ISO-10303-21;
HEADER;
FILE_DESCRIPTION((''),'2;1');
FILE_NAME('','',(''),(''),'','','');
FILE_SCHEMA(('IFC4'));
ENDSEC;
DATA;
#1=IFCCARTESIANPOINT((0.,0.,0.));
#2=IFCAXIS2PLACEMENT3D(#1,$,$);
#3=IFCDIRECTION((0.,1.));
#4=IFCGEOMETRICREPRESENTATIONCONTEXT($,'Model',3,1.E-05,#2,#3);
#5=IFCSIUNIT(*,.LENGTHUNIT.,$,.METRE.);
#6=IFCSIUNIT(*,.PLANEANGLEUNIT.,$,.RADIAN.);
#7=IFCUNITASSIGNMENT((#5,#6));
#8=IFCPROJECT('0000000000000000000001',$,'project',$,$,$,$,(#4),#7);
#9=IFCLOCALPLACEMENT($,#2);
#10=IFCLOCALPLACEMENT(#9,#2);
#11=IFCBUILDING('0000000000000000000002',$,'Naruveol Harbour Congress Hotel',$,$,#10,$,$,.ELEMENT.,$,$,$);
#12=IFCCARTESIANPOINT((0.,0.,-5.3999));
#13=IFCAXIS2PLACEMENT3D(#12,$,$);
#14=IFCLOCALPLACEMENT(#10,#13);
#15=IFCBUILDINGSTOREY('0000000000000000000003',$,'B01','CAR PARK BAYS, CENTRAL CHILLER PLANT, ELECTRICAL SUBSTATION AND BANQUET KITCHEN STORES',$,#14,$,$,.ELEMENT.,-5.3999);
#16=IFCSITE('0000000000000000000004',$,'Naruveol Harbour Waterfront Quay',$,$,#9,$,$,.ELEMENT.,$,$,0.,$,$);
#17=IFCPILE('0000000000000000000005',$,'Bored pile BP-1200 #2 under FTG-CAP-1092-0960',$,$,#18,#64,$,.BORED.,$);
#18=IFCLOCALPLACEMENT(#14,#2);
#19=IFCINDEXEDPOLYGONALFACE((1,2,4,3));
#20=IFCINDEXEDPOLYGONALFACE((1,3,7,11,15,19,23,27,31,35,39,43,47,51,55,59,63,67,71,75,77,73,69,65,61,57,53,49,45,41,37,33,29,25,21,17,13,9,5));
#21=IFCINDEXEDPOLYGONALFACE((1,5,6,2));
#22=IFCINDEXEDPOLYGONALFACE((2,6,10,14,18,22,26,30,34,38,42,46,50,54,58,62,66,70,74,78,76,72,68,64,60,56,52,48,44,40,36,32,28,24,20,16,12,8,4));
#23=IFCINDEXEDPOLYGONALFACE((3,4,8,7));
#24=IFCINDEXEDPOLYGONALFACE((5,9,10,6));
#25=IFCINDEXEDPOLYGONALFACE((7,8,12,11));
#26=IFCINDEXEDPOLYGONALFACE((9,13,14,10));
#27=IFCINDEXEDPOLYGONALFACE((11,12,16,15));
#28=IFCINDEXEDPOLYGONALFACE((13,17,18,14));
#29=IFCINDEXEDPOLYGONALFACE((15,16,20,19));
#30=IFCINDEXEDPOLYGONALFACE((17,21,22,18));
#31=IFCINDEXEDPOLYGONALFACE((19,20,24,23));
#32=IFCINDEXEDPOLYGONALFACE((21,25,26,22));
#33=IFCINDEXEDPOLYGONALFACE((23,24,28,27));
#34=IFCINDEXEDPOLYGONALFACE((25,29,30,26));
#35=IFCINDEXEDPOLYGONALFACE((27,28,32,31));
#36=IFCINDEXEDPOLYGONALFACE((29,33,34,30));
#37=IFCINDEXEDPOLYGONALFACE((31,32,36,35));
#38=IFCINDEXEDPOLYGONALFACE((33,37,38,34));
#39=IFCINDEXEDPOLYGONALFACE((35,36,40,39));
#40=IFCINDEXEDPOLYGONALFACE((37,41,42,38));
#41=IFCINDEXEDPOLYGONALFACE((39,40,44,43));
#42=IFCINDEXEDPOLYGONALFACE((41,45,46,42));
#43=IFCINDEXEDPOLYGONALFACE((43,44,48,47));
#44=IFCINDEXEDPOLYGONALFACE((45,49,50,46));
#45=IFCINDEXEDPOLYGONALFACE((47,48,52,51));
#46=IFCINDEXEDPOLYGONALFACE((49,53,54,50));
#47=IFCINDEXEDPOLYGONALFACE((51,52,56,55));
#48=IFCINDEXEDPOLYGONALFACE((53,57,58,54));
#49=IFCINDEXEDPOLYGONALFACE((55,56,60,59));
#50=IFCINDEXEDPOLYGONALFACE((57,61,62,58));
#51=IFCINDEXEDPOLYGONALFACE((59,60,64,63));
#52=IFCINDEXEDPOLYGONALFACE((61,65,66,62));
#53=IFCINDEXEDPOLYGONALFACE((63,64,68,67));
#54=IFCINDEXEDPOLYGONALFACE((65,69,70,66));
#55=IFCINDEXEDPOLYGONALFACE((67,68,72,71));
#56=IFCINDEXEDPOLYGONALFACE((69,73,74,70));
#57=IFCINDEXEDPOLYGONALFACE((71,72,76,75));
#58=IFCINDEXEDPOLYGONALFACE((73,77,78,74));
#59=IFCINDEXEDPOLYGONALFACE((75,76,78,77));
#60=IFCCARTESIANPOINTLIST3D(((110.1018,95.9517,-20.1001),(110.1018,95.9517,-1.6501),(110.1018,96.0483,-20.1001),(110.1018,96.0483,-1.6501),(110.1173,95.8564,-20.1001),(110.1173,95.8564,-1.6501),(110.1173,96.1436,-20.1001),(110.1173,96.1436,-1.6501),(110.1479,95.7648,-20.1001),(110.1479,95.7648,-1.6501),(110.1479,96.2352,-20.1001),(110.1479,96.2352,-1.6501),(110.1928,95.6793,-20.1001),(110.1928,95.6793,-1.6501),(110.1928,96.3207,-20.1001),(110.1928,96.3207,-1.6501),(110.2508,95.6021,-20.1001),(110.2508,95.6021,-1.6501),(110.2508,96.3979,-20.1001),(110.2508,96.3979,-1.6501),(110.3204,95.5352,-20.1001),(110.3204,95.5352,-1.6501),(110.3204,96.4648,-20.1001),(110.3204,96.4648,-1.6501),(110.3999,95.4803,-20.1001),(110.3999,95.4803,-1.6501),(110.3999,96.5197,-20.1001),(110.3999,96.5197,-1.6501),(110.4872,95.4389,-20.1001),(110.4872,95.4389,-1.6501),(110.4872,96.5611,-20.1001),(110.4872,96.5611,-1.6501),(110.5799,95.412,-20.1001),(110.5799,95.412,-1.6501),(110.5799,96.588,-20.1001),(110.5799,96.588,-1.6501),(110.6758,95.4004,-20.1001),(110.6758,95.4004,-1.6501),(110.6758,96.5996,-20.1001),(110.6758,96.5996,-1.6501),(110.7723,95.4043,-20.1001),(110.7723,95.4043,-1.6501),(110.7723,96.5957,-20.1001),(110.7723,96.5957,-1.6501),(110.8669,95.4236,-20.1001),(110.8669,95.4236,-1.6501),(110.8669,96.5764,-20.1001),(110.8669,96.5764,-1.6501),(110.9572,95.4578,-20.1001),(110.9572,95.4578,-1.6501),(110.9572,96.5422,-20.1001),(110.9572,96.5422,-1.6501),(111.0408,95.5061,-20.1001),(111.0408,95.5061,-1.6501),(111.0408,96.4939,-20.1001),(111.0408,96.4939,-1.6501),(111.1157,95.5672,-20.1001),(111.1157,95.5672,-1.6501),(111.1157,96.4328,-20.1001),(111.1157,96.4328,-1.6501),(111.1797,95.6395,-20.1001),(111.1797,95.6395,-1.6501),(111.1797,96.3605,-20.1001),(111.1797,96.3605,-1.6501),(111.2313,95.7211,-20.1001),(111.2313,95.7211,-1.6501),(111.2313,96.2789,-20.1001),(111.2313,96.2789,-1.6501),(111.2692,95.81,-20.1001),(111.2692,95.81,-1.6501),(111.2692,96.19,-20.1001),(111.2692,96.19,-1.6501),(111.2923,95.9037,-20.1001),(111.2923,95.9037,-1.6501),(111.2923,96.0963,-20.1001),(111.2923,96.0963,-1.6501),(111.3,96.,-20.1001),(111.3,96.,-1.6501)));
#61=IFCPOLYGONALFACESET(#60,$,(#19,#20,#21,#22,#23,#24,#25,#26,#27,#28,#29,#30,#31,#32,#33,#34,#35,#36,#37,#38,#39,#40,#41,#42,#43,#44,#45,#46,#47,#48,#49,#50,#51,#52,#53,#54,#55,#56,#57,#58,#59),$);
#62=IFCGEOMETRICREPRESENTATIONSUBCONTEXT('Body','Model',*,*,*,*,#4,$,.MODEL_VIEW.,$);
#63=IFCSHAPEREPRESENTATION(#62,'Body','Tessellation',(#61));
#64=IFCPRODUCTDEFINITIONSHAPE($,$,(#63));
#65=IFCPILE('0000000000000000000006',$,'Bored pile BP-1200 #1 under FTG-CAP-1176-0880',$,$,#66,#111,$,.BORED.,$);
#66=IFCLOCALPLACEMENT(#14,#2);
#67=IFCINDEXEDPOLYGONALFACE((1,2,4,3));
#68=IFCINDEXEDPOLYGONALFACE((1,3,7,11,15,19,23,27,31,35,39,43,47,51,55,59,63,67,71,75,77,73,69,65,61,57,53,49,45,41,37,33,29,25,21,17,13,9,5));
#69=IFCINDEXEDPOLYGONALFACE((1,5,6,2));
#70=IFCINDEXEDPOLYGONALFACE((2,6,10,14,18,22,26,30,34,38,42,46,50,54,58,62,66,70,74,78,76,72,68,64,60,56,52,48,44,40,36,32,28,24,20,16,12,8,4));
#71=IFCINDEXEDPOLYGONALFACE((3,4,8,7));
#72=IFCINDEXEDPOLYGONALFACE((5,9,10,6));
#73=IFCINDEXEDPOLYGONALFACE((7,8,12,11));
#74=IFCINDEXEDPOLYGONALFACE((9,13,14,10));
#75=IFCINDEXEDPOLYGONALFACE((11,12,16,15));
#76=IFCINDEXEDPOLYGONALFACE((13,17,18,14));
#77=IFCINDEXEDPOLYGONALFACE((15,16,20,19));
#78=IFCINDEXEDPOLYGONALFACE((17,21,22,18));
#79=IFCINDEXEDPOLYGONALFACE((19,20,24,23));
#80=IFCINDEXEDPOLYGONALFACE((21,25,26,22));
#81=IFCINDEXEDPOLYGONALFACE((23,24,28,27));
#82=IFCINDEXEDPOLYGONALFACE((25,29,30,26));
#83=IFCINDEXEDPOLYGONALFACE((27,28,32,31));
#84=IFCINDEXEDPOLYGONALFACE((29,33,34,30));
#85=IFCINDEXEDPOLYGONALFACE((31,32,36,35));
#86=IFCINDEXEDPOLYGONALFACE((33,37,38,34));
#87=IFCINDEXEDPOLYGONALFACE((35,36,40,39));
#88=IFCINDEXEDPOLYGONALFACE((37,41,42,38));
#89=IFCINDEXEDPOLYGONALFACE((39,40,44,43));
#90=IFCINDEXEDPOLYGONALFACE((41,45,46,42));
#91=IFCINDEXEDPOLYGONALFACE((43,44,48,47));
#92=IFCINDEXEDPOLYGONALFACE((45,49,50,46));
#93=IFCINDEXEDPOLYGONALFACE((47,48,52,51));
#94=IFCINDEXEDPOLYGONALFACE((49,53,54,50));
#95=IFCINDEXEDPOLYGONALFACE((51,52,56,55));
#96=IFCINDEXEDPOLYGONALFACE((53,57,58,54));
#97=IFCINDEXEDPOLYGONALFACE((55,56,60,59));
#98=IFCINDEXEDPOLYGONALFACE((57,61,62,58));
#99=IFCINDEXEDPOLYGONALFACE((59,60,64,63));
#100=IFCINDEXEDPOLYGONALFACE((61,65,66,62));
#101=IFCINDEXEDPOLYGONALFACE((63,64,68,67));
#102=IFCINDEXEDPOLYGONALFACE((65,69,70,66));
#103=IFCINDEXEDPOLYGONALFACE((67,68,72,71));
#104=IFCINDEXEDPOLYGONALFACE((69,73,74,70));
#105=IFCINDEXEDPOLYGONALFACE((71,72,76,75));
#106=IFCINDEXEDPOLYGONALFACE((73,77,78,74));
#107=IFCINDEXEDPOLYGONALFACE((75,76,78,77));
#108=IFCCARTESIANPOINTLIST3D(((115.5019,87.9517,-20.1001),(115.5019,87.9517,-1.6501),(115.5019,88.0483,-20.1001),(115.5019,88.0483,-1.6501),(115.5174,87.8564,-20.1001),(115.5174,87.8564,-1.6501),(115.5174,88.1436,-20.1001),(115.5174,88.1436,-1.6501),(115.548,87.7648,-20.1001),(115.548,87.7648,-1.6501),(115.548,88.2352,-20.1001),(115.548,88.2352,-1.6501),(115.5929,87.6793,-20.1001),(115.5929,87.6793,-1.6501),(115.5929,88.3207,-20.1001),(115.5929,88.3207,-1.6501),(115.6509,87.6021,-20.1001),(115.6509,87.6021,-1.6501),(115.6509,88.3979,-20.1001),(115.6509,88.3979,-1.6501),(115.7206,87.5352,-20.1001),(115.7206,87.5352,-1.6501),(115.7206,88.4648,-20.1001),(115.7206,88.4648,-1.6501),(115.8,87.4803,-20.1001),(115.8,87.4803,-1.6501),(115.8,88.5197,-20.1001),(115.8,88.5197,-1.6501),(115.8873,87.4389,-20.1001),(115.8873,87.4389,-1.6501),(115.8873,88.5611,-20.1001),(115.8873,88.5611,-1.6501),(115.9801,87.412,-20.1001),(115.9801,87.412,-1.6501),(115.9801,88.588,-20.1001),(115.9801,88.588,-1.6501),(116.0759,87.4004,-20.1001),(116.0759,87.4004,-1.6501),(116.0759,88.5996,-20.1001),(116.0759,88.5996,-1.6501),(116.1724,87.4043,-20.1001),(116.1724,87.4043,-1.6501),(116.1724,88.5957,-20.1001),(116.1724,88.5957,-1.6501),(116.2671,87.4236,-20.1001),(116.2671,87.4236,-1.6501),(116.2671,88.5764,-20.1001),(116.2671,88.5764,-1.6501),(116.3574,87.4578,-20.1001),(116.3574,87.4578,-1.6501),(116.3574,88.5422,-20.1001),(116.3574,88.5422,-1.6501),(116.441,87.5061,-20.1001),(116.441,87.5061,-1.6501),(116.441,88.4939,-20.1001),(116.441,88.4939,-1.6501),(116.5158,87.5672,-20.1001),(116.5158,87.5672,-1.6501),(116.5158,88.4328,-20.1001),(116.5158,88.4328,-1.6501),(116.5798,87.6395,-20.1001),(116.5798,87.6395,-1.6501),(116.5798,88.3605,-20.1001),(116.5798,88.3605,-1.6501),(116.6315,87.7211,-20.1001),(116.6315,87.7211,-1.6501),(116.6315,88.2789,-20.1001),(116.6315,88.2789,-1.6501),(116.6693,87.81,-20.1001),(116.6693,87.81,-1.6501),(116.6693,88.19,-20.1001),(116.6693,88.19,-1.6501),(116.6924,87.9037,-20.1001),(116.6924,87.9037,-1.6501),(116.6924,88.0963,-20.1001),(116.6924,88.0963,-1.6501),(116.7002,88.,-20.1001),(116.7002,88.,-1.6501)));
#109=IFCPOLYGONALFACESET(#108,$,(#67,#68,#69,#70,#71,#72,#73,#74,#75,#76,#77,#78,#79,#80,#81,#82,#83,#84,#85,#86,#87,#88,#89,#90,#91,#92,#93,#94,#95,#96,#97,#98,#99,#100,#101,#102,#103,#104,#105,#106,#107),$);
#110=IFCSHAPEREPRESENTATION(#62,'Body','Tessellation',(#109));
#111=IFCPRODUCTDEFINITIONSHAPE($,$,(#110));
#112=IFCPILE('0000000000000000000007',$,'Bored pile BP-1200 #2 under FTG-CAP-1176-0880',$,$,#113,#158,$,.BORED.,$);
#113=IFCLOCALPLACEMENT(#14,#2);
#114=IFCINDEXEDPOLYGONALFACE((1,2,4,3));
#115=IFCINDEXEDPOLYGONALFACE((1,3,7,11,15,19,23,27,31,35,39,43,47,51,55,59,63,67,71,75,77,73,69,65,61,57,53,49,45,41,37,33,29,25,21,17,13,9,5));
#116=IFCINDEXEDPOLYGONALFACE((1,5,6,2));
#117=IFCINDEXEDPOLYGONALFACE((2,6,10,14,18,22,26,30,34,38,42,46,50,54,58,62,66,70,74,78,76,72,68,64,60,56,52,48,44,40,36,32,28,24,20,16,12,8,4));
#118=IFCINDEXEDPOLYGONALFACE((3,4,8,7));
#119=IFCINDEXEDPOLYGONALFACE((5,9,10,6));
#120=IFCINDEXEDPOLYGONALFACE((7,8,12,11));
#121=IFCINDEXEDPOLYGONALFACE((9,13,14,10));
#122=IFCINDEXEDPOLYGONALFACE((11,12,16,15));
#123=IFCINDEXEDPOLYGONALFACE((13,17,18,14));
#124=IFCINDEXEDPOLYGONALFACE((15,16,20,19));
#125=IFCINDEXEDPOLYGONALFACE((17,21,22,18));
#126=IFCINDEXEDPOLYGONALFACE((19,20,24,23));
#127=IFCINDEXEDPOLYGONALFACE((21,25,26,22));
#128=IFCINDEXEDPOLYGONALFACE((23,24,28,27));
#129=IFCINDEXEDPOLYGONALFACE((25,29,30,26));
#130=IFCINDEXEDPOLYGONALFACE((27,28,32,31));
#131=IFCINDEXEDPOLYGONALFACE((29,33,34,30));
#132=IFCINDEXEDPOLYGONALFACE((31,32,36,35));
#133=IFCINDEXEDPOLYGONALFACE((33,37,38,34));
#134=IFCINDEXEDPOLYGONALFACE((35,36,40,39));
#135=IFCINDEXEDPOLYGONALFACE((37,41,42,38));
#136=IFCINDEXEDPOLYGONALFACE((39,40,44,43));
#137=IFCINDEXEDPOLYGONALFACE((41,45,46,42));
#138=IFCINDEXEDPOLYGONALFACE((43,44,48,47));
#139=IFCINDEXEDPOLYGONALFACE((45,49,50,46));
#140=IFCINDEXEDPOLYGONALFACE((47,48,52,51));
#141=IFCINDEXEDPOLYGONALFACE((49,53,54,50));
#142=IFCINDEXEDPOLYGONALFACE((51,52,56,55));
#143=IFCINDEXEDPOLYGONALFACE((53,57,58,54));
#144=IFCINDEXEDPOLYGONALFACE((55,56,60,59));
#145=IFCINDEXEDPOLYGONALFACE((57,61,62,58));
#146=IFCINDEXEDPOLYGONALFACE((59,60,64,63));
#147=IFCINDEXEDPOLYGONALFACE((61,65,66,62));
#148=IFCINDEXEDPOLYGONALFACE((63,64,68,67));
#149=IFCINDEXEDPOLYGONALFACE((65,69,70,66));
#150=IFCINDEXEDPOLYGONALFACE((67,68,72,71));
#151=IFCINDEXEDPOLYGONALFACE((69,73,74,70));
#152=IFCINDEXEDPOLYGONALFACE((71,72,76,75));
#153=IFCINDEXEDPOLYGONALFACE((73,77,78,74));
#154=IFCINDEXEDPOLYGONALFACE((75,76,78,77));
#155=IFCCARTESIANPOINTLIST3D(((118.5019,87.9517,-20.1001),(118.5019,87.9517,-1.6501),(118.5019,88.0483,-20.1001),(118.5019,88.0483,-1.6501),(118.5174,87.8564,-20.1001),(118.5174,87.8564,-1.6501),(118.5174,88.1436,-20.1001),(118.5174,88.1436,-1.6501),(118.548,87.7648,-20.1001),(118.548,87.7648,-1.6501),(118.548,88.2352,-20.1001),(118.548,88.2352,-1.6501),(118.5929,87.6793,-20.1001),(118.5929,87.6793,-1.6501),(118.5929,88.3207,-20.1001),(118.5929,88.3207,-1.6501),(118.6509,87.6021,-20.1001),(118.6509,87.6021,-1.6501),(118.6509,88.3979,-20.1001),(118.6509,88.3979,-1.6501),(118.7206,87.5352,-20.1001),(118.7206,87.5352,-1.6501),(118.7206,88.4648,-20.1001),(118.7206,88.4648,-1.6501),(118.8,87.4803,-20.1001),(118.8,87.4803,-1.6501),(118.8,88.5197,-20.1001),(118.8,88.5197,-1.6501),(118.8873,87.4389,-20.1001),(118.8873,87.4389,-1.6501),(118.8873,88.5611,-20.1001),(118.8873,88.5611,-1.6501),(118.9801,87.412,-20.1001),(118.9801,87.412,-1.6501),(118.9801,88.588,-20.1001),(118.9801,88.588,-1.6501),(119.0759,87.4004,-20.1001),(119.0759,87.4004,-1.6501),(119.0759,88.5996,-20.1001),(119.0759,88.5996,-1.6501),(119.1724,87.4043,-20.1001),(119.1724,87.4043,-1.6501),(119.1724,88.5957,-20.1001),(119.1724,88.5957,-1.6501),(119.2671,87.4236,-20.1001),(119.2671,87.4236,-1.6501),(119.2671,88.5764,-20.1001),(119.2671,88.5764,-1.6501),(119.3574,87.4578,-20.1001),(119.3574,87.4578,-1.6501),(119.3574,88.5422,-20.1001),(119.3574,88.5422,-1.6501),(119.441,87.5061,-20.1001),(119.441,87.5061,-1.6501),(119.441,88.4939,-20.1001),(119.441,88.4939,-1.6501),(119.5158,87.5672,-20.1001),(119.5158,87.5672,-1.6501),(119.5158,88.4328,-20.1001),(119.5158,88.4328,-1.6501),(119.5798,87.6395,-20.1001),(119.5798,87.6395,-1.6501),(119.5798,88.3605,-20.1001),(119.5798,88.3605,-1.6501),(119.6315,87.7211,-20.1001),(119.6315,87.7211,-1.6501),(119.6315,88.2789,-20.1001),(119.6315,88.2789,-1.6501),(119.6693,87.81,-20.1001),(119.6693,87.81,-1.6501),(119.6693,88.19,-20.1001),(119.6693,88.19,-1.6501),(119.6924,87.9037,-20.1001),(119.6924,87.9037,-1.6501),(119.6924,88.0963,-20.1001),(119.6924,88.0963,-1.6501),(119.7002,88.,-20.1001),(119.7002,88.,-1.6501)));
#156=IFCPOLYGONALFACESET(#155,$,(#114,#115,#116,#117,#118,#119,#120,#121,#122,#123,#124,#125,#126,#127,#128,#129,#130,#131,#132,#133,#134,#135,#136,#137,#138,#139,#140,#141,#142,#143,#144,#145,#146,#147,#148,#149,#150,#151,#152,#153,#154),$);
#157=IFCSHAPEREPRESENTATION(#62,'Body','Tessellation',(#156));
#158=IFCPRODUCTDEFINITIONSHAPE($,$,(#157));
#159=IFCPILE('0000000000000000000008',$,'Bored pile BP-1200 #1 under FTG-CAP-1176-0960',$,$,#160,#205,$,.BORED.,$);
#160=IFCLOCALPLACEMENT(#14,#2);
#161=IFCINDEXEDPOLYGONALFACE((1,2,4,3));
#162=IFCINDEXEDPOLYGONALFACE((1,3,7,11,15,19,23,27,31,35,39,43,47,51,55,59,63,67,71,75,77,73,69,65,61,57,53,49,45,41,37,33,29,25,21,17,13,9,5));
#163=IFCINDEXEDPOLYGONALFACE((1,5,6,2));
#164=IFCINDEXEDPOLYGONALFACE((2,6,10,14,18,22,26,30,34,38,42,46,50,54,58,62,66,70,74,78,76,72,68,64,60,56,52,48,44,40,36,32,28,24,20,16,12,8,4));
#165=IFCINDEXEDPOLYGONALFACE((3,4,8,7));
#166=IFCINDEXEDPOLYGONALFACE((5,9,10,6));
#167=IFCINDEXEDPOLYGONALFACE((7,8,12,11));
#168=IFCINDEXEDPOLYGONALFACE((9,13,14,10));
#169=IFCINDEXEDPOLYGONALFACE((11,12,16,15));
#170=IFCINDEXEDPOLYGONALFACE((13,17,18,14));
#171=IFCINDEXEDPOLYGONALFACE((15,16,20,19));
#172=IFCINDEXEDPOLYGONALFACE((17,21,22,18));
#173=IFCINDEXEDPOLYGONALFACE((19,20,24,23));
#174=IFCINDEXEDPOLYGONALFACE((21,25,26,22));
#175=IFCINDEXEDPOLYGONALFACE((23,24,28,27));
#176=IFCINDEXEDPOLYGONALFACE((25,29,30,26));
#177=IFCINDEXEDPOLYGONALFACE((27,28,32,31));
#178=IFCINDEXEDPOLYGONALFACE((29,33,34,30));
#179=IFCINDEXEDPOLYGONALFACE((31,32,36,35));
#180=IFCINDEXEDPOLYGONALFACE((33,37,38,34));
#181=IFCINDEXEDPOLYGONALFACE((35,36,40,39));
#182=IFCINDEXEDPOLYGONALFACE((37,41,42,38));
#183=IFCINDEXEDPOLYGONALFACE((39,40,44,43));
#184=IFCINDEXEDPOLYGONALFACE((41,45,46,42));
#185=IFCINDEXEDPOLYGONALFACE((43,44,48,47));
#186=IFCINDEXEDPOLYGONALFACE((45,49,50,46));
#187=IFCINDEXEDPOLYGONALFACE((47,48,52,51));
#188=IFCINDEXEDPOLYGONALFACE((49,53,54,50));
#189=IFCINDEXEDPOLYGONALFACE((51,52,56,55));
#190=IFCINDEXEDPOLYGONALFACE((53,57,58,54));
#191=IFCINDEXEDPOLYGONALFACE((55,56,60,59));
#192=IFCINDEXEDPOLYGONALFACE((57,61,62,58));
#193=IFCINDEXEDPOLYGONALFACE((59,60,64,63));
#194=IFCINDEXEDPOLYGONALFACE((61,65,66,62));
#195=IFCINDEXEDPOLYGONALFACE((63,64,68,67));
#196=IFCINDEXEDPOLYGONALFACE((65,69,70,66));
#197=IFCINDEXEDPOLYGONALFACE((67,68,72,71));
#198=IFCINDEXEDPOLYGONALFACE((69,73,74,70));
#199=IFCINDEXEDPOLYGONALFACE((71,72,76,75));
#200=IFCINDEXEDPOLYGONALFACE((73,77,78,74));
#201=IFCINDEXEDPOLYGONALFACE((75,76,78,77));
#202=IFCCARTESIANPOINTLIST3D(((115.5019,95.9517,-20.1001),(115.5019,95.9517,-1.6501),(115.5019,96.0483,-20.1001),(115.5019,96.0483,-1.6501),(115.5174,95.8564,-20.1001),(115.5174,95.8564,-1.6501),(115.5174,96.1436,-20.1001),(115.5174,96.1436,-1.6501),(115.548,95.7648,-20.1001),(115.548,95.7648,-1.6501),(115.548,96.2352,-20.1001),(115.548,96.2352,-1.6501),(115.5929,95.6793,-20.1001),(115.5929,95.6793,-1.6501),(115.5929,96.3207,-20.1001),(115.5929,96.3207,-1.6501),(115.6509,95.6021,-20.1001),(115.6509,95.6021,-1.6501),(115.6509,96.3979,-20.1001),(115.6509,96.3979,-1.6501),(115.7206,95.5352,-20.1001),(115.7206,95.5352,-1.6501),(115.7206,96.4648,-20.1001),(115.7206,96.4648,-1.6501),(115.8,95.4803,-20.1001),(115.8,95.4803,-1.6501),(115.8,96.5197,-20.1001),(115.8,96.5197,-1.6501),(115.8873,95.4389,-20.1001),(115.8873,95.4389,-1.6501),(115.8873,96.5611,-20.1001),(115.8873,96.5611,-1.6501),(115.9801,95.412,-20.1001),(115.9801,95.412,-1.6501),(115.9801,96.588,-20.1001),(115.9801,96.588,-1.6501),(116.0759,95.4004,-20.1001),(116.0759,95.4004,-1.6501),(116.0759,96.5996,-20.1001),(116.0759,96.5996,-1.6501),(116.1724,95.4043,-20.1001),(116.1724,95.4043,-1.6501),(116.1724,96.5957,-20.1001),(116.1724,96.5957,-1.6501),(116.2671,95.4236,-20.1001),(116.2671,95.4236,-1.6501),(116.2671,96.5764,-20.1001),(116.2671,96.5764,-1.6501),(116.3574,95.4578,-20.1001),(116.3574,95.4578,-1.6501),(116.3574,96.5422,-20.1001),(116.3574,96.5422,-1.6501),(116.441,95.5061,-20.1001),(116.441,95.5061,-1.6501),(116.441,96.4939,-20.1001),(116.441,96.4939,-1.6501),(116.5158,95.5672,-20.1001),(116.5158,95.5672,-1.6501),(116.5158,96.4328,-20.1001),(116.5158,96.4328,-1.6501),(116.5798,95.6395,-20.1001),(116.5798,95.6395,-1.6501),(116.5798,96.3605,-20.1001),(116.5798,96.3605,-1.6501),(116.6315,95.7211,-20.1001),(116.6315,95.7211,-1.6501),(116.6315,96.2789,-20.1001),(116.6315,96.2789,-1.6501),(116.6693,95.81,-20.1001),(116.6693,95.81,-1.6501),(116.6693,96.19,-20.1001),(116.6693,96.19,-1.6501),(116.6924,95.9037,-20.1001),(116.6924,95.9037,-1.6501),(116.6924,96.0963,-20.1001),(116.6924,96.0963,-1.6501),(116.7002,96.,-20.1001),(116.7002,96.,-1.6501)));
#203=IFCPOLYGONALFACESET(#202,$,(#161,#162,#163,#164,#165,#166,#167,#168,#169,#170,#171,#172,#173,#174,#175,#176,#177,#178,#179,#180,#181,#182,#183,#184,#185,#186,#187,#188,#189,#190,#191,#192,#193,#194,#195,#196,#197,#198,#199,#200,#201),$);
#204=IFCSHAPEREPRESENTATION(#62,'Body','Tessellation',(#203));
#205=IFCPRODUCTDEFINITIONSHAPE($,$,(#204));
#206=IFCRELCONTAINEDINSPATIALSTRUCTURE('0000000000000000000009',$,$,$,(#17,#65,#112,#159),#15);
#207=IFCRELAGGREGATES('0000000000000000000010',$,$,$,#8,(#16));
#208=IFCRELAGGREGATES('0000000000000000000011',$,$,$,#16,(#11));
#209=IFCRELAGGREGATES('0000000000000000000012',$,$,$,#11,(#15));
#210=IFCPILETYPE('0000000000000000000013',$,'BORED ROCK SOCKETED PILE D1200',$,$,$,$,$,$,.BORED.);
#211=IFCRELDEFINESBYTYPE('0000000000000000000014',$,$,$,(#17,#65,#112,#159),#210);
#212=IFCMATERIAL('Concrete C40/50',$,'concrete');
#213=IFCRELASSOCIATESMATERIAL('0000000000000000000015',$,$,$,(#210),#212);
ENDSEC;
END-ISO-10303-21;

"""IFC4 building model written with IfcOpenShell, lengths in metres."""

from ifc_helpers import new_model, si_unit, direction, frame, origin, origin_2d, place, context, subcontext, project, spatial, circle, extrude, material, material_profile, profile_set, type_object, element, save


model = new_model("IFC4")

# Units and contexts
model_context = context("Model", 3, precision=1e-05, world=origin(), true_north=direction((0.0, 1.0)))
body_context = subcontext(model_context, "Body", "Model", "MODEL_VIEW")
ifc_project = project(units=[si_unit("LENGTHUNIT", "METRE"), si_unit("PLANEANGLEUNIT", "RADIAN")], contexts=[model_context])

# Site, building, storey
site_placement = place(None, origin())
site = spatial("IfcSite", under=ifc_project, at=site_placement, Name="Naruveol Harbour Waterfront Quay", CompositionType="ELEMENT", RefElevation=0.0)
building_placement = place(site_placement, origin())
building = spatial("IfcBuilding", under=site, at=building_placement, Name="Naruveol Harbour Congress Hotel", CompositionType="ELEMENT")
storey_placement = place(building_placement, frame((0.0, 0.0, -5.3999)))
storey = spatial("IfcBuildingStorey", under=building, at=storey_placement, Name="B01", Description="CAR PARK BAYS, CENTRAL CHILLER PLANT, ELECTRICAL SUBSTATION AND BANQUET KITCHEN STORES", CompositionType="ELEMENT", Elevation=-5.3999)

# Piles
ifc_material_1 = material(Name="Concrete C40/50", Category="concrete")
ifc_material_profile_1 = material_profile(ifc_material_1, circle(Radius=0.6001, at=origin_2d()), Name="BP-1200")
ifc_profile_set_1 = profile_set([ifc_material_profile_1], Name="Concrete C40/50")
pile_type = type_object("IfcPileType", Name="BORED ROCK SOCKETED PILE D1200", PredefinedType="BORED", material=ifc_profile_set_1)
for number, where, z_axis, x_axis, name in (
    (1, (110.7, 96.0, -1.6501), (0.0, 0.0, -1.0), (1.0, 0.0, 0.0), "Bored pile BP-1200 #2 under FTG-CAP-1092-0960"),
    (2, (116.1001, 88.0, -1.6501), (0.0, 0.0, -1.0), (1.0, 0.0, 0.0), "Bored pile BP-1200 #1 under FTG-CAP-1176-0880"),
    (3, (119.1001, 88.0, -1.6501), (0.0, 0.0, -1.0), (1.0, 0.0, 0.0), "Bored pile BP-1200 #2 under FTG-CAP-1176-0880"),
    (4, (116.1001, 96.0, -1.6501), (0.0, 0.0, -1.0), (1.0, 0.0, 0.0), "Bored pile BP-1200 #1 under FTG-CAP-1176-0960"),
):
    element("IfcPile", number, at=place(storey_placement, frame(where, z_axis=z_axis, x_axis=x_axis)), inside=storey, type_object=pile_type, Name=name, PredefinedType="BORED", context=body_context, shape_type="SweptSolid", body=[
        extrude(circle(Radius=0.6001, at=origin_2d()), origin(), (0.0, 0.0, 1.0), 18.45),
    ])

save(model, "model.ifc")
